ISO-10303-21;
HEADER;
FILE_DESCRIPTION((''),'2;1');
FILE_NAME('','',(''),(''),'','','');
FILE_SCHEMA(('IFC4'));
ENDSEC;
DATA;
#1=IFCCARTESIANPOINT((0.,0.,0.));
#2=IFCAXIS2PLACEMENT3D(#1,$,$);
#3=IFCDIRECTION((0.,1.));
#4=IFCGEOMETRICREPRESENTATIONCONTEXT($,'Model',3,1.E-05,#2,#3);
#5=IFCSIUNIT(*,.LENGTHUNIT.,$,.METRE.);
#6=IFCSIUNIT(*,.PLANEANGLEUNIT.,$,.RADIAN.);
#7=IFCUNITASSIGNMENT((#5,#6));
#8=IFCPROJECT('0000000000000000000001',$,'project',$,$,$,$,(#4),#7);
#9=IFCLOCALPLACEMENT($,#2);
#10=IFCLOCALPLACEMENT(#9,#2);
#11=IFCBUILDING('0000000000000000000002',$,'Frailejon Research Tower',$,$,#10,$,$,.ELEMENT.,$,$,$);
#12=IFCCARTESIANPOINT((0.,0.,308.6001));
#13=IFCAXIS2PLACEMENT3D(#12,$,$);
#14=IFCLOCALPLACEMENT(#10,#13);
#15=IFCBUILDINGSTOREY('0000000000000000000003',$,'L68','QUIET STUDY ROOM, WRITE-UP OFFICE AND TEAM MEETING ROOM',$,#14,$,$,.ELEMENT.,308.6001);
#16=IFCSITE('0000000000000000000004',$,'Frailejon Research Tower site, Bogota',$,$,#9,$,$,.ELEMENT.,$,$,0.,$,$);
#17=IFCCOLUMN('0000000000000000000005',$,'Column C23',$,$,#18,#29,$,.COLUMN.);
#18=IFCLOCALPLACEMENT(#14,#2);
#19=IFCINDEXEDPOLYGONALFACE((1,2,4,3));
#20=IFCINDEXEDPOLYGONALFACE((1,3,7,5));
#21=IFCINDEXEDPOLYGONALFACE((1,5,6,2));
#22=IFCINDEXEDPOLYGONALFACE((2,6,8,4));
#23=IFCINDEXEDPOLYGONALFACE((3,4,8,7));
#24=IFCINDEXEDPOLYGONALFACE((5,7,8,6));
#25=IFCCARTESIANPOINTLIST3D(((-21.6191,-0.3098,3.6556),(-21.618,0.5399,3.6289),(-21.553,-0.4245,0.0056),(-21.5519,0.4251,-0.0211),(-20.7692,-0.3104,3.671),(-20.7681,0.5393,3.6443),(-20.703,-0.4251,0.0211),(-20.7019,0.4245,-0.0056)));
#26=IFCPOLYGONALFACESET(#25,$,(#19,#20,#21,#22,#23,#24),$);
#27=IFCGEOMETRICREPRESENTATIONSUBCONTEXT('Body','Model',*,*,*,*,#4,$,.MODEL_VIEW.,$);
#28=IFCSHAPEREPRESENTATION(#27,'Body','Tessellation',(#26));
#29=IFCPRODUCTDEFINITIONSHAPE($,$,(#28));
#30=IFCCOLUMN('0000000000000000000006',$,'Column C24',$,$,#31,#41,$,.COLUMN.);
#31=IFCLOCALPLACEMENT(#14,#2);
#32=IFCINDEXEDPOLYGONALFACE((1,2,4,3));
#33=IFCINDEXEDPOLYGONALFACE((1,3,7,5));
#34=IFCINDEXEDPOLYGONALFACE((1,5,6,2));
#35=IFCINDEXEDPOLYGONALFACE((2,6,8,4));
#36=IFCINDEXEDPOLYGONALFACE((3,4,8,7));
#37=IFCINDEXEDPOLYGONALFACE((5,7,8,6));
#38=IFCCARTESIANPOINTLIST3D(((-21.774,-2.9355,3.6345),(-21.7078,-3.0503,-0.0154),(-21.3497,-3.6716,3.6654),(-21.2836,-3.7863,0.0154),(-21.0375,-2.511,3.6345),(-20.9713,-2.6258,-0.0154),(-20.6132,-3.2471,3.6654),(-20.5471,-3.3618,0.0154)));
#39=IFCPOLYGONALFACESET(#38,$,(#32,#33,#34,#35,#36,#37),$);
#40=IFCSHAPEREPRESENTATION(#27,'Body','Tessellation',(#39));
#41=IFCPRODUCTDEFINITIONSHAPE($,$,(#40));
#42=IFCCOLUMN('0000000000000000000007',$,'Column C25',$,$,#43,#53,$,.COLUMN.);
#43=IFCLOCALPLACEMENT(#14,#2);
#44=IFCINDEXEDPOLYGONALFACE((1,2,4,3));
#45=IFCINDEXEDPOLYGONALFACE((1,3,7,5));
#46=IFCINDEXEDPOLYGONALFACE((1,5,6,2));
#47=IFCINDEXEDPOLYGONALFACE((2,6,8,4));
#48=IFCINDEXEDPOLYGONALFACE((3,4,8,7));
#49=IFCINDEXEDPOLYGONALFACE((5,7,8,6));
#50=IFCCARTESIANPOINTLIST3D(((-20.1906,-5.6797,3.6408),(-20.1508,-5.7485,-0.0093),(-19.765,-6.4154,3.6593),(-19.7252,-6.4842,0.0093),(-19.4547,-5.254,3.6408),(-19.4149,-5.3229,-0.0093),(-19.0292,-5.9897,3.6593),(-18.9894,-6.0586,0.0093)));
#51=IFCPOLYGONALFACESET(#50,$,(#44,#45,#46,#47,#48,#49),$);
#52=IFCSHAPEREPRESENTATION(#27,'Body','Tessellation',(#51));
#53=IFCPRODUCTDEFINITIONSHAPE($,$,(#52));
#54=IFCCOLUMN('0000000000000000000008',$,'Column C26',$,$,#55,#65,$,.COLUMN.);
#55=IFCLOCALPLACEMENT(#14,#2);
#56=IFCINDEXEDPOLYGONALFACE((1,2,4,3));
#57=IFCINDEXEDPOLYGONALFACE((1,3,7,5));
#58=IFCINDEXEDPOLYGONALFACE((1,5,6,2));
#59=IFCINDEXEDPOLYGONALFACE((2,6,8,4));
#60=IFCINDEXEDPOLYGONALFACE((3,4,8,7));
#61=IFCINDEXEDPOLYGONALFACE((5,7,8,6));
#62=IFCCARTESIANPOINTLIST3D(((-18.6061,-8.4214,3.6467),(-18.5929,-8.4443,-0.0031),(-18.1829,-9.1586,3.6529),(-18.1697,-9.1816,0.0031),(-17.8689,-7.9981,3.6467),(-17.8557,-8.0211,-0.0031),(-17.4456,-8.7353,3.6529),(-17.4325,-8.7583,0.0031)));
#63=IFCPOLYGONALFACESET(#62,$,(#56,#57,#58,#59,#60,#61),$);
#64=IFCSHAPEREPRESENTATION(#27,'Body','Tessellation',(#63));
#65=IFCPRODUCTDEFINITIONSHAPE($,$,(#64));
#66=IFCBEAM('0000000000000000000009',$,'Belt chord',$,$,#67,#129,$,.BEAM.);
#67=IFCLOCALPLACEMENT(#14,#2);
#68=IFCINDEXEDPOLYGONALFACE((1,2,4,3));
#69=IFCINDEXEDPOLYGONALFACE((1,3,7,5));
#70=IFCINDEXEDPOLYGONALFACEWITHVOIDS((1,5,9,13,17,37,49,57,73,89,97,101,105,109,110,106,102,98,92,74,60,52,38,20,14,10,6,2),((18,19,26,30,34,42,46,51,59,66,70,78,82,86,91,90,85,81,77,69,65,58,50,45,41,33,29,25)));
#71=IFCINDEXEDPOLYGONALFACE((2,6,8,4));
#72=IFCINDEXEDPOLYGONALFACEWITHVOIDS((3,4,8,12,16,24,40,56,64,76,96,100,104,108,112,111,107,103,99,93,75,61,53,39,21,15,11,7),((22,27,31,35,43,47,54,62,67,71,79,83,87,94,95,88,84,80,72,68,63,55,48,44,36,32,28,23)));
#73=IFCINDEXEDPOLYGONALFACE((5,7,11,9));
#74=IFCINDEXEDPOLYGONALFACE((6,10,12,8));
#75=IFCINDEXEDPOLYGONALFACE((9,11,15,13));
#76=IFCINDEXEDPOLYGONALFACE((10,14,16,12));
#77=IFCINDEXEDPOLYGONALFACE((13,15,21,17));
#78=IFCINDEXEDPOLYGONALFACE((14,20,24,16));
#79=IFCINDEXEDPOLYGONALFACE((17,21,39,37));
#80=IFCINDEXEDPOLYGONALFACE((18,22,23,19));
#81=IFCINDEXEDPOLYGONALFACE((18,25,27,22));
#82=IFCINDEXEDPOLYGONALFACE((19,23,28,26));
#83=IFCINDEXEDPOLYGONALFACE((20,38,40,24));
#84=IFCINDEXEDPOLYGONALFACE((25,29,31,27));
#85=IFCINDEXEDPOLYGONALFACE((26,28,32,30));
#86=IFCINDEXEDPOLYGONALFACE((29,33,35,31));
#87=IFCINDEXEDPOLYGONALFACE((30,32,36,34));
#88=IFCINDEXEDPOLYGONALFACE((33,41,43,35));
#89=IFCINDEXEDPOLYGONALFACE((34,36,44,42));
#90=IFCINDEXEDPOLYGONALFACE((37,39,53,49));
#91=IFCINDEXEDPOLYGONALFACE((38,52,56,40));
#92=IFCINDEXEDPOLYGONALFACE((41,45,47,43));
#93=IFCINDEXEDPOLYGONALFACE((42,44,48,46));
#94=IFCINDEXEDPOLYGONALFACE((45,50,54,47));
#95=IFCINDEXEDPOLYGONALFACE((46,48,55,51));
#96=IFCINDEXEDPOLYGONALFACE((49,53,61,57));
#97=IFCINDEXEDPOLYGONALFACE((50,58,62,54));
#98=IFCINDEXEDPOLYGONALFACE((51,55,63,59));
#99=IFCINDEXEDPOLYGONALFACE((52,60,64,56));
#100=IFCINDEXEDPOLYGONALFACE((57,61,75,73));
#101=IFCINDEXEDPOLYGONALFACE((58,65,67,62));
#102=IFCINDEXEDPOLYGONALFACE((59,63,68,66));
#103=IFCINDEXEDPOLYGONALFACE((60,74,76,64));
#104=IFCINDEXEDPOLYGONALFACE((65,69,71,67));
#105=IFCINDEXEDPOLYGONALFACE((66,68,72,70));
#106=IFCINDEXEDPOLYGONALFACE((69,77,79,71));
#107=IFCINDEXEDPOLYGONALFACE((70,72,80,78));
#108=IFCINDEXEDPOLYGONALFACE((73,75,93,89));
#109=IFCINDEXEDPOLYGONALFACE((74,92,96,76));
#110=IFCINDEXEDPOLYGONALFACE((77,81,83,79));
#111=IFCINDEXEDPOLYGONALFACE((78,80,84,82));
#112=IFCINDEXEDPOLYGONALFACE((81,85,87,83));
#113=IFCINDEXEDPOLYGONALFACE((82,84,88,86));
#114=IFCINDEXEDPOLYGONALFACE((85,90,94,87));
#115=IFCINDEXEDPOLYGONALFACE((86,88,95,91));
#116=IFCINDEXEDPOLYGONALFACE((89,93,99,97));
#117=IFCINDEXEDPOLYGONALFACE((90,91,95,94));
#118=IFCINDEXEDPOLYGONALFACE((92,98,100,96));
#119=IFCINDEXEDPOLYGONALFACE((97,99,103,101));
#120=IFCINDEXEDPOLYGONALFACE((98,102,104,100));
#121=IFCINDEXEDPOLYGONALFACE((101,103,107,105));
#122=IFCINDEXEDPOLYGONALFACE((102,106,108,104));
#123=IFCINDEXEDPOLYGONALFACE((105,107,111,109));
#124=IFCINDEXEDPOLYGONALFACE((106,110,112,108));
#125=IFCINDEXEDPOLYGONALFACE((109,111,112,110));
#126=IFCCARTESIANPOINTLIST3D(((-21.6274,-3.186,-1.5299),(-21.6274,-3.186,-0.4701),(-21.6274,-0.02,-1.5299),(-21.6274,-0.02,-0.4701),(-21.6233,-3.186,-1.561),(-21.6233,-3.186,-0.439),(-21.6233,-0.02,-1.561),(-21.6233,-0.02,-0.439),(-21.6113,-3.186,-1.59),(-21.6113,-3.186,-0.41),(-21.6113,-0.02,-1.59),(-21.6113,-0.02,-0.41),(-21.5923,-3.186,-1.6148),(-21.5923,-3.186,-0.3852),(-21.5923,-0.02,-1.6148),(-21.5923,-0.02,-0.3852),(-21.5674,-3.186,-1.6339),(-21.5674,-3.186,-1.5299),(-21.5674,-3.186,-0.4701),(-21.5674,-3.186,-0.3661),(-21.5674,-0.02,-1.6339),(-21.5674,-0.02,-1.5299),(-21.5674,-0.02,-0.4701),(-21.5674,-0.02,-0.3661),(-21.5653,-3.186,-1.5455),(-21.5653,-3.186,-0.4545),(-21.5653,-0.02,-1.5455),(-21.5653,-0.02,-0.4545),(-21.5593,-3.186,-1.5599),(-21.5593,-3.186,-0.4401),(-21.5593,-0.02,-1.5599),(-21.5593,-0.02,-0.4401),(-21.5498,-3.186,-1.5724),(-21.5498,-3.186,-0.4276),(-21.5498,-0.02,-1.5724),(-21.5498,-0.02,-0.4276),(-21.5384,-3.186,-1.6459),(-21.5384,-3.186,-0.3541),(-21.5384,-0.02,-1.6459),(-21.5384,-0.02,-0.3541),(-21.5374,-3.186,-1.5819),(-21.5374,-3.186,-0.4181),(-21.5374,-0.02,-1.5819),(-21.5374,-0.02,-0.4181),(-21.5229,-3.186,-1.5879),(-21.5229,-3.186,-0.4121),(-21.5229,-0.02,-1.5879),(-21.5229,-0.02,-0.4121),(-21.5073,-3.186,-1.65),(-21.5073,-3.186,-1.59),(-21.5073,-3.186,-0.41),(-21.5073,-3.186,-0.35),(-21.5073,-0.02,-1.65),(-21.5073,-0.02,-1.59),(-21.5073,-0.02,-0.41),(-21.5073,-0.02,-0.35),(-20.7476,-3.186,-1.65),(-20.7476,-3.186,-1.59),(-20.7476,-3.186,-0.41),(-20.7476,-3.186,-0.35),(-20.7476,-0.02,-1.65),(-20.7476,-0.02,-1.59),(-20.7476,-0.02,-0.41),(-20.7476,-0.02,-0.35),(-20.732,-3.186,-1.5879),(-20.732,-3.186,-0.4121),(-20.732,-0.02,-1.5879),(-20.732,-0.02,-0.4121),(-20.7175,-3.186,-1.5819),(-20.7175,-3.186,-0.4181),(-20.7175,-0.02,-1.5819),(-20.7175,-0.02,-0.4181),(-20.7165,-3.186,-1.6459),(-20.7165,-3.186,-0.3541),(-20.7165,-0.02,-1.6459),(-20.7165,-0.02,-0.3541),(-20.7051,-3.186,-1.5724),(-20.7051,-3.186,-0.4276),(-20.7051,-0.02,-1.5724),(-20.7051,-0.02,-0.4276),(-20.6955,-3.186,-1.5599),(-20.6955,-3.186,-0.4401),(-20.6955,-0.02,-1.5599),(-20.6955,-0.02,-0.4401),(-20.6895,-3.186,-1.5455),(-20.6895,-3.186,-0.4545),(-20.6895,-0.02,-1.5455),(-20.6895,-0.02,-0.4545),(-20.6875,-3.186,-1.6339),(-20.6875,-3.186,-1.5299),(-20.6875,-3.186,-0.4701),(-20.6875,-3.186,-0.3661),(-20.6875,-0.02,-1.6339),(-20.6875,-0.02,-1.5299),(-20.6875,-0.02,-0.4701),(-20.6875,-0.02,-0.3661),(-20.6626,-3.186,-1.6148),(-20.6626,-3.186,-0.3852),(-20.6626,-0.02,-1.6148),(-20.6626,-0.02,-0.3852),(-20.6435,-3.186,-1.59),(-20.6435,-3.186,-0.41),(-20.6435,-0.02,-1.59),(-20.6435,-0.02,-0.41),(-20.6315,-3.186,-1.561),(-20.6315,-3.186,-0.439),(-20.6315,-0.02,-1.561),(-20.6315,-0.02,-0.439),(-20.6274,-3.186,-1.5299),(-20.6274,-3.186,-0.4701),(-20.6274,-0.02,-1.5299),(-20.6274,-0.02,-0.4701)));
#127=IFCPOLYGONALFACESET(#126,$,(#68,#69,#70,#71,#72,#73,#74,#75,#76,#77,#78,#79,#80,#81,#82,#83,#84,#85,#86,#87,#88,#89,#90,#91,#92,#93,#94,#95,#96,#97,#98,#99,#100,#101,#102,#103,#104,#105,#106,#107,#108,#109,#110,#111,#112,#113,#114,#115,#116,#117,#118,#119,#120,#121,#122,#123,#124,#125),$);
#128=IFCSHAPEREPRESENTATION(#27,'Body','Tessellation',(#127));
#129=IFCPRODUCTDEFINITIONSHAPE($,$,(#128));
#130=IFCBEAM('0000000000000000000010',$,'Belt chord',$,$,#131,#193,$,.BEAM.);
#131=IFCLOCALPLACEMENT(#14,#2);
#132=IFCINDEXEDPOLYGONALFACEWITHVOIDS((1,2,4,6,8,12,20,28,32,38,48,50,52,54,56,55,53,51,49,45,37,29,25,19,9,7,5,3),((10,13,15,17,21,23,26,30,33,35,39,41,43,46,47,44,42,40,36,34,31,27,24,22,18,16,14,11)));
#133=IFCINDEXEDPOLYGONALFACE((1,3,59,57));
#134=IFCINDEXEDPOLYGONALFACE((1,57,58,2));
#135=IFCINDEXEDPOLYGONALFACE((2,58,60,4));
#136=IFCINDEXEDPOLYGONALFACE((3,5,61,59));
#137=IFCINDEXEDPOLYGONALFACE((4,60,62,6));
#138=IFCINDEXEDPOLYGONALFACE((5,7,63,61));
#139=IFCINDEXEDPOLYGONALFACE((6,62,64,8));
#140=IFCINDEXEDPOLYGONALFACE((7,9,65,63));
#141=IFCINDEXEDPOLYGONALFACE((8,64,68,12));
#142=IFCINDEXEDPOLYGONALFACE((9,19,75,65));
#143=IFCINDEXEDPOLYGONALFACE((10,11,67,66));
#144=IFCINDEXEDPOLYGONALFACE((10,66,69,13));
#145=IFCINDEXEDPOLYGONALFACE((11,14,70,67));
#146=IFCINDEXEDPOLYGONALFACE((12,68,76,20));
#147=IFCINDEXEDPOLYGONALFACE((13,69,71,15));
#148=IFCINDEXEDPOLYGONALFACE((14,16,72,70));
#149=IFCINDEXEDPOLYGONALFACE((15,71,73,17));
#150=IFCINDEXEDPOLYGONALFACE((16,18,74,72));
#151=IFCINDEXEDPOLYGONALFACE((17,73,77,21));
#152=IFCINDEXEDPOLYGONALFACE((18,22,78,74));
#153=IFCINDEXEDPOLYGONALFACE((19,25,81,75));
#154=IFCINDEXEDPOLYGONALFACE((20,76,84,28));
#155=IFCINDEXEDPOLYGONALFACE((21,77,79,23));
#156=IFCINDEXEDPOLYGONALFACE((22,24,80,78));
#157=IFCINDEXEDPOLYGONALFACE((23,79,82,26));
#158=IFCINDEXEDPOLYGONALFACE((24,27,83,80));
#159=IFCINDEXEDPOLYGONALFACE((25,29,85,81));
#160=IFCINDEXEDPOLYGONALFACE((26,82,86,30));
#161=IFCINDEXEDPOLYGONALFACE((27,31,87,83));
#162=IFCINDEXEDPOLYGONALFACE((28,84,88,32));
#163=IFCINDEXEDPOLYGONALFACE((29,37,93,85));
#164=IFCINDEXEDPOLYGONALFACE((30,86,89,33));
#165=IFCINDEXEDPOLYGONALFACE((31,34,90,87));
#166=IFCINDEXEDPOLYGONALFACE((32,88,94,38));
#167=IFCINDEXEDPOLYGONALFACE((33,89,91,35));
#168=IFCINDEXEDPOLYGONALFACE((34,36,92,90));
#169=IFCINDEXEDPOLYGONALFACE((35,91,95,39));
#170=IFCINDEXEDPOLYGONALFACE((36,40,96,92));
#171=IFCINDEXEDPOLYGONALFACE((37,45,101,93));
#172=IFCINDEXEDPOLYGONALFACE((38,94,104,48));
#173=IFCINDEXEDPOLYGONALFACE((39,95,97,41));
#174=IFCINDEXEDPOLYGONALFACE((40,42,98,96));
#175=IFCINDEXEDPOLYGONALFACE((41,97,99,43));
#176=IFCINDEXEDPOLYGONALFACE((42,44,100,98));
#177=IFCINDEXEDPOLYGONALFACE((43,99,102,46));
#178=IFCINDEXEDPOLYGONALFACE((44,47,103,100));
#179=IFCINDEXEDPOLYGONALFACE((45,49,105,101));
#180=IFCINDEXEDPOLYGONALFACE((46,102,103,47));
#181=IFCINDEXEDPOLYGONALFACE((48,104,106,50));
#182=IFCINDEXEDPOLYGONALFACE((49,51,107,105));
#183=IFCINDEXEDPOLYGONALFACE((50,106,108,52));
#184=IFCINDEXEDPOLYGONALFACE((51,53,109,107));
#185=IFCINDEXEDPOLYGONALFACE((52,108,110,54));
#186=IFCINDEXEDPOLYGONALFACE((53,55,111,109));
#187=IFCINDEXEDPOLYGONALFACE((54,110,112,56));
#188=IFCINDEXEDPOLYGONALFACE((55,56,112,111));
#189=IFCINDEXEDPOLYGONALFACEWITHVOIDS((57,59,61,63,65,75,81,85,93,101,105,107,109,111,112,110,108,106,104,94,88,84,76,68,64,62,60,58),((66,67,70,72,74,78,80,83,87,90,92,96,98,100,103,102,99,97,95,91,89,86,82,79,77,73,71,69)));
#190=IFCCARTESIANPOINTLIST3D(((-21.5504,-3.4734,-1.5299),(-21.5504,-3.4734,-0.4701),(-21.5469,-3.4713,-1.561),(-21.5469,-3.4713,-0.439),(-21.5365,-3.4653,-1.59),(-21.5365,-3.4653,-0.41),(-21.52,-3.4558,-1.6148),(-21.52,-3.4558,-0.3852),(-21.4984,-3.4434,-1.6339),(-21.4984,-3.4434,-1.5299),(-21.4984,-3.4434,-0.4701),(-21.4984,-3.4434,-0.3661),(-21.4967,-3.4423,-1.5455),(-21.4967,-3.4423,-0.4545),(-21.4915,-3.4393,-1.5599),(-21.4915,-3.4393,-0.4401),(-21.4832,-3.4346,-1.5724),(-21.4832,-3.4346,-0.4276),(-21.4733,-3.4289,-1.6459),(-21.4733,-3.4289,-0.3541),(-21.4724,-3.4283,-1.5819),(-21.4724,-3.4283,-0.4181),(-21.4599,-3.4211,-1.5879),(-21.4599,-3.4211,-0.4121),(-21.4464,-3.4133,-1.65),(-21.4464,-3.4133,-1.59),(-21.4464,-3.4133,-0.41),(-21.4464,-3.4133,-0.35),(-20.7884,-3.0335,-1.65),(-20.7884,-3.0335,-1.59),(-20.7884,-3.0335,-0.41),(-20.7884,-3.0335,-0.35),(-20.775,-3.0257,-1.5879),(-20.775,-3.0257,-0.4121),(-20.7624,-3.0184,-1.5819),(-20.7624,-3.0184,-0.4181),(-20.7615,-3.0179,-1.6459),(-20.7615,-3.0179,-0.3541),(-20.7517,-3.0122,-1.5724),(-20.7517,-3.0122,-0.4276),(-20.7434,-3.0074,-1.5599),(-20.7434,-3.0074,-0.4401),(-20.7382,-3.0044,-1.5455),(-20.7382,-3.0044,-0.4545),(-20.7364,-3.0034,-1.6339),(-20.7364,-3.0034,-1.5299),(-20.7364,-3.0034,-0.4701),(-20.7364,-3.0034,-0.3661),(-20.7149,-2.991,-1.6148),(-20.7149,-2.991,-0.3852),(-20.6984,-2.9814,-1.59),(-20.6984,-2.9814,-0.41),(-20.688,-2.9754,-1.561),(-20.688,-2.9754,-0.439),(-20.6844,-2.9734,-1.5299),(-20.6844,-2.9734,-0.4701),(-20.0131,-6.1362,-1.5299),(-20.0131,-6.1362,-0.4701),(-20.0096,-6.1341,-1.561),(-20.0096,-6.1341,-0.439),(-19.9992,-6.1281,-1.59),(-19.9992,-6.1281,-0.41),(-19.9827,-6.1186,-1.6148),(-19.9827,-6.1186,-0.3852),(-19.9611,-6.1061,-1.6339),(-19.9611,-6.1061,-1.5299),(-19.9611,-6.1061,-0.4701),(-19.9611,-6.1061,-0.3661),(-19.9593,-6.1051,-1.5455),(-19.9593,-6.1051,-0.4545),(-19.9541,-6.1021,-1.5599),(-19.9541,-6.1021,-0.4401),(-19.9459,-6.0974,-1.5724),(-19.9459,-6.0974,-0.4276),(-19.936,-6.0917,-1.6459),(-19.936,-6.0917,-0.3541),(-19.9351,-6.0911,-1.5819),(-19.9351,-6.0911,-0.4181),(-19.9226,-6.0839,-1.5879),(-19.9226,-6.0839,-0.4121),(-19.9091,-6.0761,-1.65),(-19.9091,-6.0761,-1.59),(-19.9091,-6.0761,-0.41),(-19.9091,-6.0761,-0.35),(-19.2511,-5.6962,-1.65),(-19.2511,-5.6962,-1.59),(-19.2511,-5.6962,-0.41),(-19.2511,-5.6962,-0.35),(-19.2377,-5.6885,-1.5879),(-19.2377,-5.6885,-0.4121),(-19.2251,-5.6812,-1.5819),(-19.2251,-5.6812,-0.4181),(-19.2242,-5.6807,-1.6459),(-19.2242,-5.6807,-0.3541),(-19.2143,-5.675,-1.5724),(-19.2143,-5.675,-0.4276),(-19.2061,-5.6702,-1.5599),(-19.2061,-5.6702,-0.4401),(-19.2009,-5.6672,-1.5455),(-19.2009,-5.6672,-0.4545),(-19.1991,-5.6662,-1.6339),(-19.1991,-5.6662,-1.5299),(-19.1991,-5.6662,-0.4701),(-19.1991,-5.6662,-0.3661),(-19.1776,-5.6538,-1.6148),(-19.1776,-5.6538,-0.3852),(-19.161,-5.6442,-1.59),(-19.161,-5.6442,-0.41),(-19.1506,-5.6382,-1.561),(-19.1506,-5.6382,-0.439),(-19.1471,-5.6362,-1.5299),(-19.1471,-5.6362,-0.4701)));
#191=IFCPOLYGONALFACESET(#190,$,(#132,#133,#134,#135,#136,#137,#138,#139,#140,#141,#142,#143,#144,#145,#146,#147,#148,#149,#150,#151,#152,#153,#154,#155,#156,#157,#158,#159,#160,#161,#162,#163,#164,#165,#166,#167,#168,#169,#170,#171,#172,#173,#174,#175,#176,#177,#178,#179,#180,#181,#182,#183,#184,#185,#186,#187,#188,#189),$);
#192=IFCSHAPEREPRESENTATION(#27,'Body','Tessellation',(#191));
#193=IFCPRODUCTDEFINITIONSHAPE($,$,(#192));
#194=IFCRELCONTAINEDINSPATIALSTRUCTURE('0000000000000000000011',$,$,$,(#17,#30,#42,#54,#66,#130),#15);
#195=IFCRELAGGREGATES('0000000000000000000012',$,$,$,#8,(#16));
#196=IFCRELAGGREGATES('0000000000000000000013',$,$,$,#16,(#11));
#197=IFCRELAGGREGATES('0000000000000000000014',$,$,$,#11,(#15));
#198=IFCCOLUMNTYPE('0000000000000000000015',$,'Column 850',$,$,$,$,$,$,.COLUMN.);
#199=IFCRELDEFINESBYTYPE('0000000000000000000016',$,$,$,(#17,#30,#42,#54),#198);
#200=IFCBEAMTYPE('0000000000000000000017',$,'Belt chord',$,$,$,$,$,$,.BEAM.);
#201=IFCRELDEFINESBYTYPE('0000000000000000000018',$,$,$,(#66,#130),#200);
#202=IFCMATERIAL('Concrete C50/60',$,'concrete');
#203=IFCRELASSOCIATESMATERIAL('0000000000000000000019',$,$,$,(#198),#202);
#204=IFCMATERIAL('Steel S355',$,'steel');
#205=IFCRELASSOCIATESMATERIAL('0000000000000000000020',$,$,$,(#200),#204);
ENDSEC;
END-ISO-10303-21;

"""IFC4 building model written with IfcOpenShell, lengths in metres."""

from ifc_helpers import new_model, si_unit, direction, frame, origin, origin_2d, place, context, subcontext, project, spatial, rectangle, hollow_rectangle, extrude, material, material_profile, profile_set, type_object, element, save


model = new_model("IFC4")

# Units and contexts
model_context = context("Model", 3, precision=1e-05, world=origin(), true_north=direction((0.0, 1.0)))
body_context = subcontext(model_context, "Body", "Model", "MODEL_VIEW")
ifc_project = project(units=[si_unit("LENGTHUNIT", "METRE"), si_unit("PLANEANGLEUNIT", "RADIAN")], contexts=[model_context])

# Site, building, storey
site_placement = place(None, origin())
site = spatial("IfcSite", under=ifc_project, at=site_placement, Name="Frailejon Research Tower site, Bogota", CompositionType="ELEMENT", RefElevation=0.0)
building_placement = place(site_placement, origin())
building = spatial("IfcBuilding", under=site, at=building_placement, Name="Frailejon Research Tower", CompositionType="ELEMENT")
storey_placement = place(building_placement, frame((0.0, 0.0, 308.6001)))
storey = spatial("IfcBuildingStorey", under=building, at=storey_placement, Name="L68", Description="QUIET STUDY ROOM, WRITE-UP OFFICE AND TEAM MEETING ROOM", CompositionType="ELEMENT", Elevation=308.6001)

# Columns
ifc_material_1 = material(Name="Concrete C50/60", Category="concrete")
ifc_material_profile_1 = material_profile(ifc_material_1, rectangle(XDim=0.8501, YDim=0.8501, at=origin_2d()), Name="Column 850")
ifc_profile_set_1 = profile_set([ifc_material_profile_1], Name="Concrete C50/60")
column_type = type_object("IfcColumnType", Name="Column 850", PredefinedType="COLUMN", material=ifc_profile_set_1)
for number, where, z_axis, x_axis, name in (
    (1, (-21.1274, 0.0, 0.0), (-0.018115, 0.031417, 0.999342), (-0.001297, -0.999506, 0.031399), "Column C23"),
    (2, (-21.1274, -3.2061, 0.0), (-0.018115, 0.031417, 0.999342), (0.49904, -0.865819, 0.036266), "Column C24"),
):
    element("IfcColumn", number, at=place(storey_placement, frame(where, z_axis=z_axis, x_axis=x_axis)), inside=storey, type_object=column_type, Name=name, PredefinedType="COLUMN", context=body_context, shape_type="SweptSolid", body=[
        extrude(rectangle(XDim=0.8501, YDim=0.8501, at=origin_2d()), origin(), (0.0, 0.0, 1.0), 3.6523),
    ])
column_1_placement = place(storey_placement, frame((-19.5701, -5.9036, 0.0), z_axis=(-0.0109, 0.018858, 0.999763), x_axis=(0.50059, -0.86541, 0.021782)))
element("IfcColumn", 3, at=column_1_placement, inside=storey, type_object=column_type, Name="Column C25", PredefinedType="COLUMN", context=body_context, shape_type="SweptSolid", body=[
    extrude(rectangle(XDim=0.8501, YDim=0.8501, at=origin_2d()), origin(), (0.0, 0.0, 1.0), 3.6509),
])
column_2_placement = place(storey_placement, frame((-18.0127, -8.6013, 0.0), z_axis=(-0.003612, 0.006287, 0.999974), x_axis=(0.49789, -0.86721, 0.007251)))
element("IfcColumn", 4, at=column_2_placement, inside=storey, type_object=column_type, Name="Column C26", PredefinedType="COLUMN", context=body_context, shape_type="SweptSolid", body=[
    extrude(rectangle(XDim=0.8501, YDim=0.8501, at=origin_2d()), origin(), (0.0, 0.0, 1.0), 3.6499),
])

# Beams
ifc_material_2 = material(Name="Steel S355", Category="steel")
ifc_material_profile_2 = material_profile(ifc_material_2, hollow_rectangle(XDim=1.0, YDim=1.3, WallThickness=0.0601, InnerFilletRadius=0.0601, OuterFilletRadius=0.1201, at=origin_2d()), Name="Belt chord")
ifc_profile_set_2 = profile_set([ifc_material_profile_2], Name="Steel S355")
beam_type_1 = type_object("IfcBeamType", Name="Belt chord", PredefinedType="BEAM", material=ifc_profile_set_2)
beam_1_placement = place(storey_placement, frame((-21.1274, -0.02, -1.0), z_axis=(0.0, -1.0, 0.0), x_axis=(1.0, 0.0, 0.0)))
element("IfcBeam", 5, at=beam_1_placement, inside=storey, type_object=beam_type_1, Name="Belt chord", PredefinedType="BEAM", context=body_context, shape_type="SweptSolid", body=[
    extrude(hollow_rectangle(XDim=1.0, YDim=1.3, WallThickness=0.0601, InnerFilletRadius=0.0601, OuterFilletRadius=0.1201, at=origin_2d()), origin(), (0.0, 0.0, 1.0), 3.166),
])
beam_2_placement = place(storey_placement, frame((-21.1174, -3.2234, -1.0), z_axis=(0.499991, -0.866031, 0.0), x_axis=(0.866031, 0.499991, 0.0)))
element("IfcBeam", 6, at=beam_2_placement, inside=storey, type_object=beam_type_1, Name="Belt chord", PredefinedType="BEAM", context=body_context, shape_type="SweptSolid", body=[
    extrude(hollow_rectangle(XDim=1.0, YDim=1.3, WallThickness=0.0601, InnerFilletRadius=0.0601, OuterFilletRadius=0.1201, at=origin_2d()), origin(), (0.0, 0.0, 1.0), 3.0747),
])

save(model, "model.ifc")
